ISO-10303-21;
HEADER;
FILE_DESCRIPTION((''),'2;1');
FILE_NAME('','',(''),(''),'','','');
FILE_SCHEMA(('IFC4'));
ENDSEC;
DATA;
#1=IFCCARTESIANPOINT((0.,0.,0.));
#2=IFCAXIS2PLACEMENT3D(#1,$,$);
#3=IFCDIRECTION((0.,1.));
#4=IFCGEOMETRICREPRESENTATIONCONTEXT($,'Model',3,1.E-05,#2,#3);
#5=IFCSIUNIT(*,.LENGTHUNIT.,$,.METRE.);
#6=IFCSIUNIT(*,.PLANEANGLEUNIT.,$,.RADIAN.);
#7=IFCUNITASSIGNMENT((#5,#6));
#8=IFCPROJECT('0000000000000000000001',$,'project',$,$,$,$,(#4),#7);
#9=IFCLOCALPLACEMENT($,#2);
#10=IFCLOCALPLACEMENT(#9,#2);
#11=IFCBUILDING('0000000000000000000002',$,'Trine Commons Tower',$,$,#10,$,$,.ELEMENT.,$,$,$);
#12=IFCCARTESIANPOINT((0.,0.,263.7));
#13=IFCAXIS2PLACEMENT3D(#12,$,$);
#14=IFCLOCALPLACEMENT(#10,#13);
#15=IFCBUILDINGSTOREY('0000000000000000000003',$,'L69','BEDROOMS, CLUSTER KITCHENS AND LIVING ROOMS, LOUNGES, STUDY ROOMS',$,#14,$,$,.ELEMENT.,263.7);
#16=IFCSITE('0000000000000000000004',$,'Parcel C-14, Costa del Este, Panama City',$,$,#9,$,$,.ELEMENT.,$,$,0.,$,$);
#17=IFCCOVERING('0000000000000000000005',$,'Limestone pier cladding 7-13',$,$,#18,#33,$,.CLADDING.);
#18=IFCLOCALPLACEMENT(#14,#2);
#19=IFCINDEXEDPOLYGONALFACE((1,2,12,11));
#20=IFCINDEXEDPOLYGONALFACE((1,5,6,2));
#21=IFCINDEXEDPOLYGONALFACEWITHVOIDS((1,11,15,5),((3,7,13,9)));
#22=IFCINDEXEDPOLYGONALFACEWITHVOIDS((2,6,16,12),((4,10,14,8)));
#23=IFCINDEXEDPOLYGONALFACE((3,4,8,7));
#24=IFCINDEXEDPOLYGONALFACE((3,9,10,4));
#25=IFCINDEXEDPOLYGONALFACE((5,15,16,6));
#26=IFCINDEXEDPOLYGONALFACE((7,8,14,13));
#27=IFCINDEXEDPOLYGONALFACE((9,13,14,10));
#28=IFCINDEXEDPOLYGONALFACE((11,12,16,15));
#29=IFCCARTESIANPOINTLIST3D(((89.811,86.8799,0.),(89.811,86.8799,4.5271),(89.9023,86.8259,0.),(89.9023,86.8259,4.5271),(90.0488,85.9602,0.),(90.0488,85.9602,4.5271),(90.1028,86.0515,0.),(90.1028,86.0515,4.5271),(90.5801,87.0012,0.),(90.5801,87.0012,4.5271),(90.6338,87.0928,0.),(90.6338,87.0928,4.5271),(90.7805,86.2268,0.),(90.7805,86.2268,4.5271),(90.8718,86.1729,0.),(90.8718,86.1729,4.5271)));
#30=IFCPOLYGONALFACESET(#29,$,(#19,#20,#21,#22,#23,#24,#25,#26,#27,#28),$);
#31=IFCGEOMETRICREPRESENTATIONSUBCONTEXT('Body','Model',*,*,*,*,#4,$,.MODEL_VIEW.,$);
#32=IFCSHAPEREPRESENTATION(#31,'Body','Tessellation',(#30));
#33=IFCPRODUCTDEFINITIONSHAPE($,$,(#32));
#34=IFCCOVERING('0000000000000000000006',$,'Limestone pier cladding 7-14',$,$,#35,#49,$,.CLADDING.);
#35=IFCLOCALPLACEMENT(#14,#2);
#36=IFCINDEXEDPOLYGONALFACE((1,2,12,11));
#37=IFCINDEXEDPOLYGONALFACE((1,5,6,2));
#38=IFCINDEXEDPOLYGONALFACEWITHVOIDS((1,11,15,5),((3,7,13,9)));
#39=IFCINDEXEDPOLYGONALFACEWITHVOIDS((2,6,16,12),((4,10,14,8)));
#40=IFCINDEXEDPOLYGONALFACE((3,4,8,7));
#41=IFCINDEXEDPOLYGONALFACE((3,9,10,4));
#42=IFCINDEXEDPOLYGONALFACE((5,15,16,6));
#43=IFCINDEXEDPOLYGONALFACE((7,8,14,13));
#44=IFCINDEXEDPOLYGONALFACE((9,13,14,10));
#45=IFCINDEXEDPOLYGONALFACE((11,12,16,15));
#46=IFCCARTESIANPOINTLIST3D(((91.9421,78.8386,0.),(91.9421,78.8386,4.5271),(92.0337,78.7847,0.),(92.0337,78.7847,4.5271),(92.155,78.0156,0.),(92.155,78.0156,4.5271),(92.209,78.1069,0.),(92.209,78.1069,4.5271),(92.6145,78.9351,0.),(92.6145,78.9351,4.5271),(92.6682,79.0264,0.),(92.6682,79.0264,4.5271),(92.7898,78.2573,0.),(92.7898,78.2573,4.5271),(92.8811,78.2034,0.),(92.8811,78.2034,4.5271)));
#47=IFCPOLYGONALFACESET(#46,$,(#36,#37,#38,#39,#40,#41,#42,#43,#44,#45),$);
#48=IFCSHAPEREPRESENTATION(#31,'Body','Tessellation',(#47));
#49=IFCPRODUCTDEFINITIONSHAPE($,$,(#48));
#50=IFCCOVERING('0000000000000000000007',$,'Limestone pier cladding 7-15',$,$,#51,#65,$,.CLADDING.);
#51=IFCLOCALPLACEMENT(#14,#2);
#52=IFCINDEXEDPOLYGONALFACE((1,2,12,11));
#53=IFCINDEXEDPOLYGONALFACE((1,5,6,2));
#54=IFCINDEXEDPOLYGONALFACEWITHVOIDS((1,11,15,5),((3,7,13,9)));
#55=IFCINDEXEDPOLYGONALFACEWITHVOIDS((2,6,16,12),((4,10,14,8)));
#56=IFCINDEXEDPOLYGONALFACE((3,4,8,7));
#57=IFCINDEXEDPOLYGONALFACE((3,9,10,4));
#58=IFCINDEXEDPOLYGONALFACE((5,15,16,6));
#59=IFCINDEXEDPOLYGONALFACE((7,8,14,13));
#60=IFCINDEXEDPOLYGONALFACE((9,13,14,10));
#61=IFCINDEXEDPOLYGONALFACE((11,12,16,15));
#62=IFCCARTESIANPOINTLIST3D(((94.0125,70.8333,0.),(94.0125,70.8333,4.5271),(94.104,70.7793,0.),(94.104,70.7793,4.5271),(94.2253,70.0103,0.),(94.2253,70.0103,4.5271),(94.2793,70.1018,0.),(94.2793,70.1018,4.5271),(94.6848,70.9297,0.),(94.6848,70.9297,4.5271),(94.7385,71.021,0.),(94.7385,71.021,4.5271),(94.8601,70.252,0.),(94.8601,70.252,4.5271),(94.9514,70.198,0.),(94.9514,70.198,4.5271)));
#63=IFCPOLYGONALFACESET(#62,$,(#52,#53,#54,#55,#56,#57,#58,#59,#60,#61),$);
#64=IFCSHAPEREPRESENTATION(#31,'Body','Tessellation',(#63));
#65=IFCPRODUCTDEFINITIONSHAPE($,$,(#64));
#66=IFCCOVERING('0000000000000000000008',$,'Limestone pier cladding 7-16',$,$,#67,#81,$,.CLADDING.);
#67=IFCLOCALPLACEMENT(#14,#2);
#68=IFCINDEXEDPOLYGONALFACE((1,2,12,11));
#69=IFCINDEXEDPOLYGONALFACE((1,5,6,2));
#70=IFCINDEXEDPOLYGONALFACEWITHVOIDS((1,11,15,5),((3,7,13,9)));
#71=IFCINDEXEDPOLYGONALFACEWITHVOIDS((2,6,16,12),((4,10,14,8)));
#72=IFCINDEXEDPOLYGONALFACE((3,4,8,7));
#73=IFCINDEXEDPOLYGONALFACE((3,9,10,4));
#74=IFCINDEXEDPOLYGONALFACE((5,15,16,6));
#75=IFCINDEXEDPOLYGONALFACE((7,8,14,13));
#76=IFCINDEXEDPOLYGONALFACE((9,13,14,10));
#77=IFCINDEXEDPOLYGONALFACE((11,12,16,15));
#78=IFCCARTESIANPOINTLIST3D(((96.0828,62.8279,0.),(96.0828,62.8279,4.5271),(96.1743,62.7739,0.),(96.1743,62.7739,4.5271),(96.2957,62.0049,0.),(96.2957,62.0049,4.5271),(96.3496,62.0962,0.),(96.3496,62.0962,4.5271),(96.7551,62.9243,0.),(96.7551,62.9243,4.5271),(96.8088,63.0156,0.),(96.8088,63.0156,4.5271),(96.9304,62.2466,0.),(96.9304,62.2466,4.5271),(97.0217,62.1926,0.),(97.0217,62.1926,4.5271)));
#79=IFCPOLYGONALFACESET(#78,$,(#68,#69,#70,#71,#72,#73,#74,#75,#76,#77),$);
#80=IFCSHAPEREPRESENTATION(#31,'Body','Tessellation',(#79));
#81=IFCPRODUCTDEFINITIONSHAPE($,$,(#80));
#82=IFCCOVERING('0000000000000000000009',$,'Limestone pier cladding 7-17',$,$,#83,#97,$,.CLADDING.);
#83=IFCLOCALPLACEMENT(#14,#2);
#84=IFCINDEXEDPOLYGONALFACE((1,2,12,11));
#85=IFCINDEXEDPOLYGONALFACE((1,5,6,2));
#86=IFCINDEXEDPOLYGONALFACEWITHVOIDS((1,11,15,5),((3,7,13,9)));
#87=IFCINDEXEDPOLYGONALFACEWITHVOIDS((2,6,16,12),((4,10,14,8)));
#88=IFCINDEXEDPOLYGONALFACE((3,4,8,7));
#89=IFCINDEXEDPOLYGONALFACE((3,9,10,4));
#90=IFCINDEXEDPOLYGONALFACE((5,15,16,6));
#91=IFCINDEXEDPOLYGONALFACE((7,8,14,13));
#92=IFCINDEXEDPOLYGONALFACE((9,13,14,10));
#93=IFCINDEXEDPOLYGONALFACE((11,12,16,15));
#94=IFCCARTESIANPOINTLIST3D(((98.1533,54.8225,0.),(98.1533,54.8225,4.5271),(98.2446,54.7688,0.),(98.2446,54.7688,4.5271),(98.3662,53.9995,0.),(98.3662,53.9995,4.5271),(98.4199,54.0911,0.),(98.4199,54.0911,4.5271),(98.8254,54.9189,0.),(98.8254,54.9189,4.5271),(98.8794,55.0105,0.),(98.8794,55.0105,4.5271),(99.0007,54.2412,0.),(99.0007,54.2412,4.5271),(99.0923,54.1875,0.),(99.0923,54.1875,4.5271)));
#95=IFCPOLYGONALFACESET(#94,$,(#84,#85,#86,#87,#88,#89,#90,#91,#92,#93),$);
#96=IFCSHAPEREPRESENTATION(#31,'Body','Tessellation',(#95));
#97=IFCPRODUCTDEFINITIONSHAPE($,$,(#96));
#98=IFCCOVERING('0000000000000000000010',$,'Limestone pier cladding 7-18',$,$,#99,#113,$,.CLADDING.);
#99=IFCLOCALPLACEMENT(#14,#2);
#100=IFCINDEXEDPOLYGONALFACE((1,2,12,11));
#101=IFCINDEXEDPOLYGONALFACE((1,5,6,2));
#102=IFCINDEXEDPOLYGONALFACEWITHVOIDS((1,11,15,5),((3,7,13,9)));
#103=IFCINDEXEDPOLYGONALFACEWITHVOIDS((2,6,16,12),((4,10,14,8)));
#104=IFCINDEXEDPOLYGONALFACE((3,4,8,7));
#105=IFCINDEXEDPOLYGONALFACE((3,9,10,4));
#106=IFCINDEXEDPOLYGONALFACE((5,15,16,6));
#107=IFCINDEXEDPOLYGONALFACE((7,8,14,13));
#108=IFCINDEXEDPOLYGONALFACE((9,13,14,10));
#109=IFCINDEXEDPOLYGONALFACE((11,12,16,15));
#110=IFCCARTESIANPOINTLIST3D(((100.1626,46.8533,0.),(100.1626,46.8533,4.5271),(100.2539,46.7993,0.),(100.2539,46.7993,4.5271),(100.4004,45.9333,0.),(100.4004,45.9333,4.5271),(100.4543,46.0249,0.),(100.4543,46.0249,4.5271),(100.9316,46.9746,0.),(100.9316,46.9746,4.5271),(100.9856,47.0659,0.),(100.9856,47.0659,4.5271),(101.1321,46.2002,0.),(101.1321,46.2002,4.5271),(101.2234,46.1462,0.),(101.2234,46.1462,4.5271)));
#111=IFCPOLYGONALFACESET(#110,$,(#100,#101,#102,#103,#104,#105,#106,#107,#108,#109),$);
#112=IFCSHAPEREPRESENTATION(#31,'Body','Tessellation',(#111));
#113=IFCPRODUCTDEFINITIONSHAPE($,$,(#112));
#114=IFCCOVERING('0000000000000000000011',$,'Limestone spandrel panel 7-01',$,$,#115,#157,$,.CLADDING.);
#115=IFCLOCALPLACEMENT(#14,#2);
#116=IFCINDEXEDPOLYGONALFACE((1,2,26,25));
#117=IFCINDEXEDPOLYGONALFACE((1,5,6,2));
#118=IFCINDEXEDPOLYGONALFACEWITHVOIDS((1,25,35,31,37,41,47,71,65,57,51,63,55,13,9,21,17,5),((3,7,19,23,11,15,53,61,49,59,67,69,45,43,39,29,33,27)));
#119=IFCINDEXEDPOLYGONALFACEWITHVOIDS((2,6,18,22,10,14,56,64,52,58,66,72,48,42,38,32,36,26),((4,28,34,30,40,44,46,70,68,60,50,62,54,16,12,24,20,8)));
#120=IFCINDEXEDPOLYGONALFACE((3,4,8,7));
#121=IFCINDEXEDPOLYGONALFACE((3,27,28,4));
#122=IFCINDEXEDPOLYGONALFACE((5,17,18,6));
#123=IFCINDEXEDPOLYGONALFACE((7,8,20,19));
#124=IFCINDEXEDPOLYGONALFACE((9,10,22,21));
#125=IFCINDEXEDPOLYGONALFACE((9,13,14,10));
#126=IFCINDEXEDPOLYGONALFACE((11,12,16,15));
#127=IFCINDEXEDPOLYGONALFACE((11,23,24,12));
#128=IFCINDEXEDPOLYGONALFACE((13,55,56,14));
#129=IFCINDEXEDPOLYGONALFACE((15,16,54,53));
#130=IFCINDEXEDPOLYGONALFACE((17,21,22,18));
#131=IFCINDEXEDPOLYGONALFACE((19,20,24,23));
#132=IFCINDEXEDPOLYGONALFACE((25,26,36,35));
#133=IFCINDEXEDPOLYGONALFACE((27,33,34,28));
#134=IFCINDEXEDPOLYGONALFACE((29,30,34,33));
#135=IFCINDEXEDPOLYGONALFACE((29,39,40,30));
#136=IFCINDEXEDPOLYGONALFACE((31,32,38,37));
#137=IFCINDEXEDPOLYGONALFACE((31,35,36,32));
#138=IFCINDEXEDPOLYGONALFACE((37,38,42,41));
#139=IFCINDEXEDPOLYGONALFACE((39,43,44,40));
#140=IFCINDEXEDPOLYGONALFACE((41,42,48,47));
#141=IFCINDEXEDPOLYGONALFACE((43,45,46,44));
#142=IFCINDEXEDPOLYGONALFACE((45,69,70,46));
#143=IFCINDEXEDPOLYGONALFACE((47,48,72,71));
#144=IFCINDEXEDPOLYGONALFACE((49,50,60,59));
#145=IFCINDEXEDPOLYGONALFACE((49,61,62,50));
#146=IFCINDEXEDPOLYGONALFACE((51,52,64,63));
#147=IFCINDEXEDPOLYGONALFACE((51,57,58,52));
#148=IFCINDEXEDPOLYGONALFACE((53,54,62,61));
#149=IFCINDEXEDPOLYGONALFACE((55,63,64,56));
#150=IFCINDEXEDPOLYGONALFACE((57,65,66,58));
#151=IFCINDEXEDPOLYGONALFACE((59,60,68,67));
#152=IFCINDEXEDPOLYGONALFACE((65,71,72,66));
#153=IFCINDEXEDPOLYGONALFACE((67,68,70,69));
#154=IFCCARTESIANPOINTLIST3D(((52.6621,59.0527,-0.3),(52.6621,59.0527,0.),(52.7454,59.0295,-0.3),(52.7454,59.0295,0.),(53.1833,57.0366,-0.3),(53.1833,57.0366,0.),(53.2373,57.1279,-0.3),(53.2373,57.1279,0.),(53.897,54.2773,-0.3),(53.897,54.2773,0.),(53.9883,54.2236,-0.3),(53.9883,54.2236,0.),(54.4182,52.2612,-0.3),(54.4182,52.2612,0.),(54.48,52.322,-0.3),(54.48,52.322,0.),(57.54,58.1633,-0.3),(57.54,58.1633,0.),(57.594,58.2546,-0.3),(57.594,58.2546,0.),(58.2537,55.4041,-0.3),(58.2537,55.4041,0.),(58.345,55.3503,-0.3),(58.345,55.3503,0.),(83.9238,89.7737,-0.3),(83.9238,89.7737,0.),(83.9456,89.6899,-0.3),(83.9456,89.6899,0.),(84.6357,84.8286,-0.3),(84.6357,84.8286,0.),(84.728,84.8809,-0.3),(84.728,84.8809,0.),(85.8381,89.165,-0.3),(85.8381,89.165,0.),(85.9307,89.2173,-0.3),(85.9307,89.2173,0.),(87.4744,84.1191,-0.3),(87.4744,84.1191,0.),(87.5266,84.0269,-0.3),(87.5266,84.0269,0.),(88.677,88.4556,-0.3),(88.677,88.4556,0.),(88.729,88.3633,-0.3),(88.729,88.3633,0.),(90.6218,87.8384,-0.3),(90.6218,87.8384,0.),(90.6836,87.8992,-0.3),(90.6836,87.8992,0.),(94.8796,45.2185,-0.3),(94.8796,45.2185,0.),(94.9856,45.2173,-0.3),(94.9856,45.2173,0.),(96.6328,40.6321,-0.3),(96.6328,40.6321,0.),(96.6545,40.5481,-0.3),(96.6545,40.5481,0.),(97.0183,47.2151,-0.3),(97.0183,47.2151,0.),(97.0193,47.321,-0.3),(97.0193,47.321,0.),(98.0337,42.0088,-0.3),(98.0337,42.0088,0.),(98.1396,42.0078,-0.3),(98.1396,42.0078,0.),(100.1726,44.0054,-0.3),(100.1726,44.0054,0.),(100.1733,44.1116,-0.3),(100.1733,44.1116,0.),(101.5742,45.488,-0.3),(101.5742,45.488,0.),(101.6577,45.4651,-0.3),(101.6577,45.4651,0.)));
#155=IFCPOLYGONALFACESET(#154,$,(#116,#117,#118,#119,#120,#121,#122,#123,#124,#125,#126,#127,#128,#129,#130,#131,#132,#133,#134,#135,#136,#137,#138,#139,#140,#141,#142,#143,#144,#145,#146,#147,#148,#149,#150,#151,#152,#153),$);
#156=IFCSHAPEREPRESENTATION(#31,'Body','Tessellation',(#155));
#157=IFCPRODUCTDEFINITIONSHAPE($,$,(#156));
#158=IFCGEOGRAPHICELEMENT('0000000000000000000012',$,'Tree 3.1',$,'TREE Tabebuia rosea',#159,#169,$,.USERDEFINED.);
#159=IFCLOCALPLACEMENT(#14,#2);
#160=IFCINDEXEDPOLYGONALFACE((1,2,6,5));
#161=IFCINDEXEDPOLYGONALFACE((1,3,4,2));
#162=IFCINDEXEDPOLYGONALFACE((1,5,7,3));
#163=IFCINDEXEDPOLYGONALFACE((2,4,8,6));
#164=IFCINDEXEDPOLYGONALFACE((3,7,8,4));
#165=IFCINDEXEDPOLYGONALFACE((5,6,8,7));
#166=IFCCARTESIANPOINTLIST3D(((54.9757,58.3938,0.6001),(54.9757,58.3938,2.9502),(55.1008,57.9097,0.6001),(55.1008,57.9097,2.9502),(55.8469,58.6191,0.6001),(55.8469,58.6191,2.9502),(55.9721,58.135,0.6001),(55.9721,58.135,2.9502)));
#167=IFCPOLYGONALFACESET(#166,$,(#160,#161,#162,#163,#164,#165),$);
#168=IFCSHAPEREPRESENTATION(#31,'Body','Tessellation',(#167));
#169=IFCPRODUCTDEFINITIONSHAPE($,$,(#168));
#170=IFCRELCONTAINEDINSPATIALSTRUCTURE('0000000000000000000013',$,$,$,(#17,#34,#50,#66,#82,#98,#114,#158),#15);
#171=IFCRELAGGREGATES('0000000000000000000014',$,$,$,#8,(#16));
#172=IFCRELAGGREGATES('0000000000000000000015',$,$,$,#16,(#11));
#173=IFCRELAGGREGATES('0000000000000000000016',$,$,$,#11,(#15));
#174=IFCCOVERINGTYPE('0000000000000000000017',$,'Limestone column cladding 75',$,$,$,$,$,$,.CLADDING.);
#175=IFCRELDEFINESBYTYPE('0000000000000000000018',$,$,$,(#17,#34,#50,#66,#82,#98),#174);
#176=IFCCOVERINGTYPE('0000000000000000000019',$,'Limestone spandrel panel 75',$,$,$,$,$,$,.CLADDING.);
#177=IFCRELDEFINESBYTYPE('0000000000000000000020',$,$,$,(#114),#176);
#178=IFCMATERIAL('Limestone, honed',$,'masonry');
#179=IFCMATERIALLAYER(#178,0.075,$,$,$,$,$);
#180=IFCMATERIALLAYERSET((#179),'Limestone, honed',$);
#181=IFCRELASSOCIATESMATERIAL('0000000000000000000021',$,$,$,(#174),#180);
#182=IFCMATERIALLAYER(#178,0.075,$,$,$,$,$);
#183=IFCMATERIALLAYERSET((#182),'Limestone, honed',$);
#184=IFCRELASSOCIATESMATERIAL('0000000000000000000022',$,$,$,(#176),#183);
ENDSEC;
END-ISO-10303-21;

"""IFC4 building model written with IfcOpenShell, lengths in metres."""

from ifc_helpers import new_model, si_unit, direction, frame, origin, origin_2d, place, context, subcontext, project, spatial, polyline, rectangle, outline, extrude, material, layer, layer_set, type_object, element, save


model = new_model("IFC4")

# Units and contexts
model_context = context("Model", 3, precision=1e-05, world=origin(), true_north=direction((0.0, 1.0)))
body_context = subcontext(model_context, "Body", "Model", "MODEL_VIEW")
ifc_project = project(units=[si_unit("LENGTHUNIT", "METRE"), si_unit("PLANEANGLEUNIT", "RADIAN")], contexts=[model_context])

# Site, building, storey
site_placement = place(None, origin())
site = spatial("IfcSite", under=ifc_project, at=site_placement, Name="Parcel C-14, Costa del Este, Panama City", CompositionType="ELEMENT", RefElevation=0.0)
building_placement = place(site_placement, origin())
building = spatial("IfcBuilding", under=site, at=building_placement, Name="Trine Commons Tower", CompositionType="ELEMENT")
storey_placement = place(building_placement, frame((0.0, 0.0, 263.7)))
storey = spatial("IfcBuildingStorey", under=building, at=storey_placement, Name="L69", Description="BEDROOMS, CLUSTER KITCHENS AND LIVING ROOMS, LOUNGES, STUDY ROOMS", CompositionType="ELEMENT", Elevation=263.7)

# Coverings
ifc_material_1 = material(Name="Limestone, honed", Category="masonry")
ifc_layer_1 = layer(ifc_material_1, 0.075)
ifc_layer_set_1 = layer_set([ifc_layer_1], Name="Limestone, honed")
covering_type_1 = type_object("IfcCoveringType", Name="Limestone column cladding 75", PredefinedType="CLADDING", material=ifc_layer_set_1)
covering_1_placement = place(storey_placement, origin())
element("IfcCovering", 1, at=covering_1_placement, inside=storey, type_object=covering_type_1, Name="Limestone pier cladding 7-13", PredefinedType="CLADDING", context=body_context, shape_type="SweptSolid", body=[
    extrude(outline(polyline([(90.6338, 87.0928), (89.811, 86.8799), (90.0488, 85.9602), (90.8718, 86.1729), (90.6338, 87.0928)]), holes=[polyline([(90.5801, 87.0012), (89.9023, 86.8259), (90.1028, 86.0515), (90.7805, 86.2268), (90.5801, 87.0012)])]), origin(), (0.0, 0.0, 1.0), 4.5271),
])
covering_2_placement = place(storey_placement, origin())
element("IfcCovering", 2, at=covering_2_placement, inside=storey, type_object=covering_type_1, Name="Limestone pier cladding 7-14", PredefinedType="CLADDING", context=body_context, shape_type="SweptSolid", body=[
    extrude(outline(polyline([(92.6682, 79.0264), (91.9421, 78.8386), (92.155, 78.0156), (92.8811, 78.2034), (92.6682, 79.0264)]), holes=[polyline([(92.6145, 78.9351), (92.0337, 78.7847), (92.209, 78.1069), (92.7898, 78.2573), (92.6145, 78.9351)])]), origin(), (0.0, 0.0, 1.0), 4.5271),
])
covering_3_placement = place(storey_placement, origin())
element("IfcCovering", 3, at=covering_3_placement, inside=storey, type_object=covering_type_1, Name="Limestone pier cladding 7-15", PredefinedType="CLADDING", context=body_context, shape_type="SweptSolid", body=[
    extrude(outline(polyline([(94.7385, 71.021), (94.0125, 70.8333), (94.2253, 70.0103), (94.9514, 70.198), (94.7385, 71.021)]), holes=[polyline([(94.6848, 70.9297), (94.104, 70.7793), (94.2793, 70.1018), (94.8601, 70.252), (94.6848, 70.9297)])]), origin(), (0.0, 0.0, 1.0), 4.5271),
])
covering_4_placement = place(storey_placement, origin())
element("IfcCovering", 4, at=covering_4_placement, inside=storey, type_object=covering_type_1, Name="Limestone pier cladding 7-16", PredefinedType="CLADDING", context=body_context, shape_type="SweptSolid", body=[
    extrude(outline(polyline([(96.8088, 63.0156), (96.0828, 62.8279), (96.2957, 62.0049), (97.0217, 62.1926), (96.8088, 63.0156)]), holes=[polyline([(96.7551, 62.9243), (96.1743, 62.7739), (96.3496, 62.0962), (96.9304, 62.2466), (96.7551, 62.9243)])]), origin(), (0.0, 0.0, 1.0), 4.5271),
])
covering_5_placement = place(storey_placement, origin())
element("IfcCovering", 5, at=covering_5_placement, inside=storey, type_object=covering_type_1, Name="Limestone pier cladding 7-17", PredefinedType="CLADDING", context=body_context, shape_type="SweptSolid", body=[
    extrude(outline(polyline([(98.8794, 55.0105), (98.1533, 54.8225), (98.3662, 53.9995), (99.0923, 54.1875), (98.8794, 55.0105)]), holes=[polyline([(98.8254, 54.9189), (98.2446, 54.7688), (98.4199, 54.0911), (99.0007, 54.2412), (98.8254, 54.9189)])]), origin(), (0.0, 0.0, 1.0), 4.5271),
])
covering_6_placement = place(storey_placement, origin())
element("IfcCovering", 6, at=covering_6_placement, inside=storey, type_object=covering_type_1, Name="Limestone pier cladding 7-18", PredefinedType="CLADDING", context=body_context, shape_type="SweptSolid", body=[
    extrude(outline(polyline([(100.9856, 47.0659), (100.1626, 46.8533), (100.4004, 45.9333), (101.2234, 46.1462), (100.9856, 47.0659)]), holes=[polyline([(100.9316, 46.9746), (100.2539, 46.7993), (100.4543, 46.0249), (101.1321, 46.2002), (100.9316, 46.9746)])]), origin(), (0.0, 0.0, 1.0), 4.5271),
])
ifc_layer_2 = layer(ifc_material_1, 0.075)
ifc_layer_set_2 = layer_set([ifc_layer_2], Name="Limestone, honed")
covering_type_2 = type_object("IfcCoveringType", Name="Limestone spandrel panel 75", PredefinedType="CLADDING", material=ifc_layer_set_2)
covering_7_placement = place(storey_placement, frame((0.0, 0.0, -0.3)))
element("IfcCovering", 7, at=covering_7_placement, inside=storey, type_object=covering_type_2, Name="Limestone spandrel panel 7-01", PredefinedType="CLADDING", context=body_context, shape_type="SweptSolid", body=[
    extrude(outline(polyline([(97.0183, 47.2151), (100.1726, 44.0054), (101.6577, 45.4651), (90.6836, 87.8992), (88.677, 88.4556), (87.4744, 84.1191), (84.728, 84.8809), (85.9307, 89.2173), (83.9238, 89.7737), (52.6621, 59.0527), (53.1833, 57.0366), (57.54, 58.1633), (58.2537, 55.4041), (53.897, 54.2773), (54.4182, 52.2612), (96.6545, 40.5481), (98.1396, 42.0078), (94.9856, 45.2173), (97.0183, 47.2151)]), holes=[polyline([(88.729, 88.3633), (90.6218, 87.8384), (101.5742, 45.488), (100.1733, 44.1116), (97.0193, 47.321), (94.8796, 45.2185), (98.0337, 42.0088), (96.6328, 40.6321), (54.48, 52.322), (53.9883, 54.2236), (58.345, 55.3503), (57.594, 58.2546), (53.2373, 57.1279), (52.7454, 59.0295), (83.9456, 89.6899), (85.8381, 89.165), (84.6357, 84.8286), (87.5266, 84.0269), (88.729, 88.3633)])]), origin(), (0.0, 0.0, 1.0), 0.3),
])

# Geographic element
geographic_element_placement = place(storey_placement, frame((55.4739, 58.2644, 0.6001), z_axis=(0.0, 0.0, 1.0), x_axis=(-0.968152, -0.250363, 0.0)))
element("IfcGeographicElement", 8, at=geographic_element_placement, inside=storey, Name="Tree 3.1", ObjectType="TREE Tabebuia rosea", PredefinedType="USERDEFINED", context=body_context, shape_type="SweptSolid", body=[
    extrude(rectangle(XDim=0.8999, YDim=0.5, at=origin_2d()), origin(), (0.0, 0.0, 1.0), 2.3501),
])

save(model, "model.ifc")
